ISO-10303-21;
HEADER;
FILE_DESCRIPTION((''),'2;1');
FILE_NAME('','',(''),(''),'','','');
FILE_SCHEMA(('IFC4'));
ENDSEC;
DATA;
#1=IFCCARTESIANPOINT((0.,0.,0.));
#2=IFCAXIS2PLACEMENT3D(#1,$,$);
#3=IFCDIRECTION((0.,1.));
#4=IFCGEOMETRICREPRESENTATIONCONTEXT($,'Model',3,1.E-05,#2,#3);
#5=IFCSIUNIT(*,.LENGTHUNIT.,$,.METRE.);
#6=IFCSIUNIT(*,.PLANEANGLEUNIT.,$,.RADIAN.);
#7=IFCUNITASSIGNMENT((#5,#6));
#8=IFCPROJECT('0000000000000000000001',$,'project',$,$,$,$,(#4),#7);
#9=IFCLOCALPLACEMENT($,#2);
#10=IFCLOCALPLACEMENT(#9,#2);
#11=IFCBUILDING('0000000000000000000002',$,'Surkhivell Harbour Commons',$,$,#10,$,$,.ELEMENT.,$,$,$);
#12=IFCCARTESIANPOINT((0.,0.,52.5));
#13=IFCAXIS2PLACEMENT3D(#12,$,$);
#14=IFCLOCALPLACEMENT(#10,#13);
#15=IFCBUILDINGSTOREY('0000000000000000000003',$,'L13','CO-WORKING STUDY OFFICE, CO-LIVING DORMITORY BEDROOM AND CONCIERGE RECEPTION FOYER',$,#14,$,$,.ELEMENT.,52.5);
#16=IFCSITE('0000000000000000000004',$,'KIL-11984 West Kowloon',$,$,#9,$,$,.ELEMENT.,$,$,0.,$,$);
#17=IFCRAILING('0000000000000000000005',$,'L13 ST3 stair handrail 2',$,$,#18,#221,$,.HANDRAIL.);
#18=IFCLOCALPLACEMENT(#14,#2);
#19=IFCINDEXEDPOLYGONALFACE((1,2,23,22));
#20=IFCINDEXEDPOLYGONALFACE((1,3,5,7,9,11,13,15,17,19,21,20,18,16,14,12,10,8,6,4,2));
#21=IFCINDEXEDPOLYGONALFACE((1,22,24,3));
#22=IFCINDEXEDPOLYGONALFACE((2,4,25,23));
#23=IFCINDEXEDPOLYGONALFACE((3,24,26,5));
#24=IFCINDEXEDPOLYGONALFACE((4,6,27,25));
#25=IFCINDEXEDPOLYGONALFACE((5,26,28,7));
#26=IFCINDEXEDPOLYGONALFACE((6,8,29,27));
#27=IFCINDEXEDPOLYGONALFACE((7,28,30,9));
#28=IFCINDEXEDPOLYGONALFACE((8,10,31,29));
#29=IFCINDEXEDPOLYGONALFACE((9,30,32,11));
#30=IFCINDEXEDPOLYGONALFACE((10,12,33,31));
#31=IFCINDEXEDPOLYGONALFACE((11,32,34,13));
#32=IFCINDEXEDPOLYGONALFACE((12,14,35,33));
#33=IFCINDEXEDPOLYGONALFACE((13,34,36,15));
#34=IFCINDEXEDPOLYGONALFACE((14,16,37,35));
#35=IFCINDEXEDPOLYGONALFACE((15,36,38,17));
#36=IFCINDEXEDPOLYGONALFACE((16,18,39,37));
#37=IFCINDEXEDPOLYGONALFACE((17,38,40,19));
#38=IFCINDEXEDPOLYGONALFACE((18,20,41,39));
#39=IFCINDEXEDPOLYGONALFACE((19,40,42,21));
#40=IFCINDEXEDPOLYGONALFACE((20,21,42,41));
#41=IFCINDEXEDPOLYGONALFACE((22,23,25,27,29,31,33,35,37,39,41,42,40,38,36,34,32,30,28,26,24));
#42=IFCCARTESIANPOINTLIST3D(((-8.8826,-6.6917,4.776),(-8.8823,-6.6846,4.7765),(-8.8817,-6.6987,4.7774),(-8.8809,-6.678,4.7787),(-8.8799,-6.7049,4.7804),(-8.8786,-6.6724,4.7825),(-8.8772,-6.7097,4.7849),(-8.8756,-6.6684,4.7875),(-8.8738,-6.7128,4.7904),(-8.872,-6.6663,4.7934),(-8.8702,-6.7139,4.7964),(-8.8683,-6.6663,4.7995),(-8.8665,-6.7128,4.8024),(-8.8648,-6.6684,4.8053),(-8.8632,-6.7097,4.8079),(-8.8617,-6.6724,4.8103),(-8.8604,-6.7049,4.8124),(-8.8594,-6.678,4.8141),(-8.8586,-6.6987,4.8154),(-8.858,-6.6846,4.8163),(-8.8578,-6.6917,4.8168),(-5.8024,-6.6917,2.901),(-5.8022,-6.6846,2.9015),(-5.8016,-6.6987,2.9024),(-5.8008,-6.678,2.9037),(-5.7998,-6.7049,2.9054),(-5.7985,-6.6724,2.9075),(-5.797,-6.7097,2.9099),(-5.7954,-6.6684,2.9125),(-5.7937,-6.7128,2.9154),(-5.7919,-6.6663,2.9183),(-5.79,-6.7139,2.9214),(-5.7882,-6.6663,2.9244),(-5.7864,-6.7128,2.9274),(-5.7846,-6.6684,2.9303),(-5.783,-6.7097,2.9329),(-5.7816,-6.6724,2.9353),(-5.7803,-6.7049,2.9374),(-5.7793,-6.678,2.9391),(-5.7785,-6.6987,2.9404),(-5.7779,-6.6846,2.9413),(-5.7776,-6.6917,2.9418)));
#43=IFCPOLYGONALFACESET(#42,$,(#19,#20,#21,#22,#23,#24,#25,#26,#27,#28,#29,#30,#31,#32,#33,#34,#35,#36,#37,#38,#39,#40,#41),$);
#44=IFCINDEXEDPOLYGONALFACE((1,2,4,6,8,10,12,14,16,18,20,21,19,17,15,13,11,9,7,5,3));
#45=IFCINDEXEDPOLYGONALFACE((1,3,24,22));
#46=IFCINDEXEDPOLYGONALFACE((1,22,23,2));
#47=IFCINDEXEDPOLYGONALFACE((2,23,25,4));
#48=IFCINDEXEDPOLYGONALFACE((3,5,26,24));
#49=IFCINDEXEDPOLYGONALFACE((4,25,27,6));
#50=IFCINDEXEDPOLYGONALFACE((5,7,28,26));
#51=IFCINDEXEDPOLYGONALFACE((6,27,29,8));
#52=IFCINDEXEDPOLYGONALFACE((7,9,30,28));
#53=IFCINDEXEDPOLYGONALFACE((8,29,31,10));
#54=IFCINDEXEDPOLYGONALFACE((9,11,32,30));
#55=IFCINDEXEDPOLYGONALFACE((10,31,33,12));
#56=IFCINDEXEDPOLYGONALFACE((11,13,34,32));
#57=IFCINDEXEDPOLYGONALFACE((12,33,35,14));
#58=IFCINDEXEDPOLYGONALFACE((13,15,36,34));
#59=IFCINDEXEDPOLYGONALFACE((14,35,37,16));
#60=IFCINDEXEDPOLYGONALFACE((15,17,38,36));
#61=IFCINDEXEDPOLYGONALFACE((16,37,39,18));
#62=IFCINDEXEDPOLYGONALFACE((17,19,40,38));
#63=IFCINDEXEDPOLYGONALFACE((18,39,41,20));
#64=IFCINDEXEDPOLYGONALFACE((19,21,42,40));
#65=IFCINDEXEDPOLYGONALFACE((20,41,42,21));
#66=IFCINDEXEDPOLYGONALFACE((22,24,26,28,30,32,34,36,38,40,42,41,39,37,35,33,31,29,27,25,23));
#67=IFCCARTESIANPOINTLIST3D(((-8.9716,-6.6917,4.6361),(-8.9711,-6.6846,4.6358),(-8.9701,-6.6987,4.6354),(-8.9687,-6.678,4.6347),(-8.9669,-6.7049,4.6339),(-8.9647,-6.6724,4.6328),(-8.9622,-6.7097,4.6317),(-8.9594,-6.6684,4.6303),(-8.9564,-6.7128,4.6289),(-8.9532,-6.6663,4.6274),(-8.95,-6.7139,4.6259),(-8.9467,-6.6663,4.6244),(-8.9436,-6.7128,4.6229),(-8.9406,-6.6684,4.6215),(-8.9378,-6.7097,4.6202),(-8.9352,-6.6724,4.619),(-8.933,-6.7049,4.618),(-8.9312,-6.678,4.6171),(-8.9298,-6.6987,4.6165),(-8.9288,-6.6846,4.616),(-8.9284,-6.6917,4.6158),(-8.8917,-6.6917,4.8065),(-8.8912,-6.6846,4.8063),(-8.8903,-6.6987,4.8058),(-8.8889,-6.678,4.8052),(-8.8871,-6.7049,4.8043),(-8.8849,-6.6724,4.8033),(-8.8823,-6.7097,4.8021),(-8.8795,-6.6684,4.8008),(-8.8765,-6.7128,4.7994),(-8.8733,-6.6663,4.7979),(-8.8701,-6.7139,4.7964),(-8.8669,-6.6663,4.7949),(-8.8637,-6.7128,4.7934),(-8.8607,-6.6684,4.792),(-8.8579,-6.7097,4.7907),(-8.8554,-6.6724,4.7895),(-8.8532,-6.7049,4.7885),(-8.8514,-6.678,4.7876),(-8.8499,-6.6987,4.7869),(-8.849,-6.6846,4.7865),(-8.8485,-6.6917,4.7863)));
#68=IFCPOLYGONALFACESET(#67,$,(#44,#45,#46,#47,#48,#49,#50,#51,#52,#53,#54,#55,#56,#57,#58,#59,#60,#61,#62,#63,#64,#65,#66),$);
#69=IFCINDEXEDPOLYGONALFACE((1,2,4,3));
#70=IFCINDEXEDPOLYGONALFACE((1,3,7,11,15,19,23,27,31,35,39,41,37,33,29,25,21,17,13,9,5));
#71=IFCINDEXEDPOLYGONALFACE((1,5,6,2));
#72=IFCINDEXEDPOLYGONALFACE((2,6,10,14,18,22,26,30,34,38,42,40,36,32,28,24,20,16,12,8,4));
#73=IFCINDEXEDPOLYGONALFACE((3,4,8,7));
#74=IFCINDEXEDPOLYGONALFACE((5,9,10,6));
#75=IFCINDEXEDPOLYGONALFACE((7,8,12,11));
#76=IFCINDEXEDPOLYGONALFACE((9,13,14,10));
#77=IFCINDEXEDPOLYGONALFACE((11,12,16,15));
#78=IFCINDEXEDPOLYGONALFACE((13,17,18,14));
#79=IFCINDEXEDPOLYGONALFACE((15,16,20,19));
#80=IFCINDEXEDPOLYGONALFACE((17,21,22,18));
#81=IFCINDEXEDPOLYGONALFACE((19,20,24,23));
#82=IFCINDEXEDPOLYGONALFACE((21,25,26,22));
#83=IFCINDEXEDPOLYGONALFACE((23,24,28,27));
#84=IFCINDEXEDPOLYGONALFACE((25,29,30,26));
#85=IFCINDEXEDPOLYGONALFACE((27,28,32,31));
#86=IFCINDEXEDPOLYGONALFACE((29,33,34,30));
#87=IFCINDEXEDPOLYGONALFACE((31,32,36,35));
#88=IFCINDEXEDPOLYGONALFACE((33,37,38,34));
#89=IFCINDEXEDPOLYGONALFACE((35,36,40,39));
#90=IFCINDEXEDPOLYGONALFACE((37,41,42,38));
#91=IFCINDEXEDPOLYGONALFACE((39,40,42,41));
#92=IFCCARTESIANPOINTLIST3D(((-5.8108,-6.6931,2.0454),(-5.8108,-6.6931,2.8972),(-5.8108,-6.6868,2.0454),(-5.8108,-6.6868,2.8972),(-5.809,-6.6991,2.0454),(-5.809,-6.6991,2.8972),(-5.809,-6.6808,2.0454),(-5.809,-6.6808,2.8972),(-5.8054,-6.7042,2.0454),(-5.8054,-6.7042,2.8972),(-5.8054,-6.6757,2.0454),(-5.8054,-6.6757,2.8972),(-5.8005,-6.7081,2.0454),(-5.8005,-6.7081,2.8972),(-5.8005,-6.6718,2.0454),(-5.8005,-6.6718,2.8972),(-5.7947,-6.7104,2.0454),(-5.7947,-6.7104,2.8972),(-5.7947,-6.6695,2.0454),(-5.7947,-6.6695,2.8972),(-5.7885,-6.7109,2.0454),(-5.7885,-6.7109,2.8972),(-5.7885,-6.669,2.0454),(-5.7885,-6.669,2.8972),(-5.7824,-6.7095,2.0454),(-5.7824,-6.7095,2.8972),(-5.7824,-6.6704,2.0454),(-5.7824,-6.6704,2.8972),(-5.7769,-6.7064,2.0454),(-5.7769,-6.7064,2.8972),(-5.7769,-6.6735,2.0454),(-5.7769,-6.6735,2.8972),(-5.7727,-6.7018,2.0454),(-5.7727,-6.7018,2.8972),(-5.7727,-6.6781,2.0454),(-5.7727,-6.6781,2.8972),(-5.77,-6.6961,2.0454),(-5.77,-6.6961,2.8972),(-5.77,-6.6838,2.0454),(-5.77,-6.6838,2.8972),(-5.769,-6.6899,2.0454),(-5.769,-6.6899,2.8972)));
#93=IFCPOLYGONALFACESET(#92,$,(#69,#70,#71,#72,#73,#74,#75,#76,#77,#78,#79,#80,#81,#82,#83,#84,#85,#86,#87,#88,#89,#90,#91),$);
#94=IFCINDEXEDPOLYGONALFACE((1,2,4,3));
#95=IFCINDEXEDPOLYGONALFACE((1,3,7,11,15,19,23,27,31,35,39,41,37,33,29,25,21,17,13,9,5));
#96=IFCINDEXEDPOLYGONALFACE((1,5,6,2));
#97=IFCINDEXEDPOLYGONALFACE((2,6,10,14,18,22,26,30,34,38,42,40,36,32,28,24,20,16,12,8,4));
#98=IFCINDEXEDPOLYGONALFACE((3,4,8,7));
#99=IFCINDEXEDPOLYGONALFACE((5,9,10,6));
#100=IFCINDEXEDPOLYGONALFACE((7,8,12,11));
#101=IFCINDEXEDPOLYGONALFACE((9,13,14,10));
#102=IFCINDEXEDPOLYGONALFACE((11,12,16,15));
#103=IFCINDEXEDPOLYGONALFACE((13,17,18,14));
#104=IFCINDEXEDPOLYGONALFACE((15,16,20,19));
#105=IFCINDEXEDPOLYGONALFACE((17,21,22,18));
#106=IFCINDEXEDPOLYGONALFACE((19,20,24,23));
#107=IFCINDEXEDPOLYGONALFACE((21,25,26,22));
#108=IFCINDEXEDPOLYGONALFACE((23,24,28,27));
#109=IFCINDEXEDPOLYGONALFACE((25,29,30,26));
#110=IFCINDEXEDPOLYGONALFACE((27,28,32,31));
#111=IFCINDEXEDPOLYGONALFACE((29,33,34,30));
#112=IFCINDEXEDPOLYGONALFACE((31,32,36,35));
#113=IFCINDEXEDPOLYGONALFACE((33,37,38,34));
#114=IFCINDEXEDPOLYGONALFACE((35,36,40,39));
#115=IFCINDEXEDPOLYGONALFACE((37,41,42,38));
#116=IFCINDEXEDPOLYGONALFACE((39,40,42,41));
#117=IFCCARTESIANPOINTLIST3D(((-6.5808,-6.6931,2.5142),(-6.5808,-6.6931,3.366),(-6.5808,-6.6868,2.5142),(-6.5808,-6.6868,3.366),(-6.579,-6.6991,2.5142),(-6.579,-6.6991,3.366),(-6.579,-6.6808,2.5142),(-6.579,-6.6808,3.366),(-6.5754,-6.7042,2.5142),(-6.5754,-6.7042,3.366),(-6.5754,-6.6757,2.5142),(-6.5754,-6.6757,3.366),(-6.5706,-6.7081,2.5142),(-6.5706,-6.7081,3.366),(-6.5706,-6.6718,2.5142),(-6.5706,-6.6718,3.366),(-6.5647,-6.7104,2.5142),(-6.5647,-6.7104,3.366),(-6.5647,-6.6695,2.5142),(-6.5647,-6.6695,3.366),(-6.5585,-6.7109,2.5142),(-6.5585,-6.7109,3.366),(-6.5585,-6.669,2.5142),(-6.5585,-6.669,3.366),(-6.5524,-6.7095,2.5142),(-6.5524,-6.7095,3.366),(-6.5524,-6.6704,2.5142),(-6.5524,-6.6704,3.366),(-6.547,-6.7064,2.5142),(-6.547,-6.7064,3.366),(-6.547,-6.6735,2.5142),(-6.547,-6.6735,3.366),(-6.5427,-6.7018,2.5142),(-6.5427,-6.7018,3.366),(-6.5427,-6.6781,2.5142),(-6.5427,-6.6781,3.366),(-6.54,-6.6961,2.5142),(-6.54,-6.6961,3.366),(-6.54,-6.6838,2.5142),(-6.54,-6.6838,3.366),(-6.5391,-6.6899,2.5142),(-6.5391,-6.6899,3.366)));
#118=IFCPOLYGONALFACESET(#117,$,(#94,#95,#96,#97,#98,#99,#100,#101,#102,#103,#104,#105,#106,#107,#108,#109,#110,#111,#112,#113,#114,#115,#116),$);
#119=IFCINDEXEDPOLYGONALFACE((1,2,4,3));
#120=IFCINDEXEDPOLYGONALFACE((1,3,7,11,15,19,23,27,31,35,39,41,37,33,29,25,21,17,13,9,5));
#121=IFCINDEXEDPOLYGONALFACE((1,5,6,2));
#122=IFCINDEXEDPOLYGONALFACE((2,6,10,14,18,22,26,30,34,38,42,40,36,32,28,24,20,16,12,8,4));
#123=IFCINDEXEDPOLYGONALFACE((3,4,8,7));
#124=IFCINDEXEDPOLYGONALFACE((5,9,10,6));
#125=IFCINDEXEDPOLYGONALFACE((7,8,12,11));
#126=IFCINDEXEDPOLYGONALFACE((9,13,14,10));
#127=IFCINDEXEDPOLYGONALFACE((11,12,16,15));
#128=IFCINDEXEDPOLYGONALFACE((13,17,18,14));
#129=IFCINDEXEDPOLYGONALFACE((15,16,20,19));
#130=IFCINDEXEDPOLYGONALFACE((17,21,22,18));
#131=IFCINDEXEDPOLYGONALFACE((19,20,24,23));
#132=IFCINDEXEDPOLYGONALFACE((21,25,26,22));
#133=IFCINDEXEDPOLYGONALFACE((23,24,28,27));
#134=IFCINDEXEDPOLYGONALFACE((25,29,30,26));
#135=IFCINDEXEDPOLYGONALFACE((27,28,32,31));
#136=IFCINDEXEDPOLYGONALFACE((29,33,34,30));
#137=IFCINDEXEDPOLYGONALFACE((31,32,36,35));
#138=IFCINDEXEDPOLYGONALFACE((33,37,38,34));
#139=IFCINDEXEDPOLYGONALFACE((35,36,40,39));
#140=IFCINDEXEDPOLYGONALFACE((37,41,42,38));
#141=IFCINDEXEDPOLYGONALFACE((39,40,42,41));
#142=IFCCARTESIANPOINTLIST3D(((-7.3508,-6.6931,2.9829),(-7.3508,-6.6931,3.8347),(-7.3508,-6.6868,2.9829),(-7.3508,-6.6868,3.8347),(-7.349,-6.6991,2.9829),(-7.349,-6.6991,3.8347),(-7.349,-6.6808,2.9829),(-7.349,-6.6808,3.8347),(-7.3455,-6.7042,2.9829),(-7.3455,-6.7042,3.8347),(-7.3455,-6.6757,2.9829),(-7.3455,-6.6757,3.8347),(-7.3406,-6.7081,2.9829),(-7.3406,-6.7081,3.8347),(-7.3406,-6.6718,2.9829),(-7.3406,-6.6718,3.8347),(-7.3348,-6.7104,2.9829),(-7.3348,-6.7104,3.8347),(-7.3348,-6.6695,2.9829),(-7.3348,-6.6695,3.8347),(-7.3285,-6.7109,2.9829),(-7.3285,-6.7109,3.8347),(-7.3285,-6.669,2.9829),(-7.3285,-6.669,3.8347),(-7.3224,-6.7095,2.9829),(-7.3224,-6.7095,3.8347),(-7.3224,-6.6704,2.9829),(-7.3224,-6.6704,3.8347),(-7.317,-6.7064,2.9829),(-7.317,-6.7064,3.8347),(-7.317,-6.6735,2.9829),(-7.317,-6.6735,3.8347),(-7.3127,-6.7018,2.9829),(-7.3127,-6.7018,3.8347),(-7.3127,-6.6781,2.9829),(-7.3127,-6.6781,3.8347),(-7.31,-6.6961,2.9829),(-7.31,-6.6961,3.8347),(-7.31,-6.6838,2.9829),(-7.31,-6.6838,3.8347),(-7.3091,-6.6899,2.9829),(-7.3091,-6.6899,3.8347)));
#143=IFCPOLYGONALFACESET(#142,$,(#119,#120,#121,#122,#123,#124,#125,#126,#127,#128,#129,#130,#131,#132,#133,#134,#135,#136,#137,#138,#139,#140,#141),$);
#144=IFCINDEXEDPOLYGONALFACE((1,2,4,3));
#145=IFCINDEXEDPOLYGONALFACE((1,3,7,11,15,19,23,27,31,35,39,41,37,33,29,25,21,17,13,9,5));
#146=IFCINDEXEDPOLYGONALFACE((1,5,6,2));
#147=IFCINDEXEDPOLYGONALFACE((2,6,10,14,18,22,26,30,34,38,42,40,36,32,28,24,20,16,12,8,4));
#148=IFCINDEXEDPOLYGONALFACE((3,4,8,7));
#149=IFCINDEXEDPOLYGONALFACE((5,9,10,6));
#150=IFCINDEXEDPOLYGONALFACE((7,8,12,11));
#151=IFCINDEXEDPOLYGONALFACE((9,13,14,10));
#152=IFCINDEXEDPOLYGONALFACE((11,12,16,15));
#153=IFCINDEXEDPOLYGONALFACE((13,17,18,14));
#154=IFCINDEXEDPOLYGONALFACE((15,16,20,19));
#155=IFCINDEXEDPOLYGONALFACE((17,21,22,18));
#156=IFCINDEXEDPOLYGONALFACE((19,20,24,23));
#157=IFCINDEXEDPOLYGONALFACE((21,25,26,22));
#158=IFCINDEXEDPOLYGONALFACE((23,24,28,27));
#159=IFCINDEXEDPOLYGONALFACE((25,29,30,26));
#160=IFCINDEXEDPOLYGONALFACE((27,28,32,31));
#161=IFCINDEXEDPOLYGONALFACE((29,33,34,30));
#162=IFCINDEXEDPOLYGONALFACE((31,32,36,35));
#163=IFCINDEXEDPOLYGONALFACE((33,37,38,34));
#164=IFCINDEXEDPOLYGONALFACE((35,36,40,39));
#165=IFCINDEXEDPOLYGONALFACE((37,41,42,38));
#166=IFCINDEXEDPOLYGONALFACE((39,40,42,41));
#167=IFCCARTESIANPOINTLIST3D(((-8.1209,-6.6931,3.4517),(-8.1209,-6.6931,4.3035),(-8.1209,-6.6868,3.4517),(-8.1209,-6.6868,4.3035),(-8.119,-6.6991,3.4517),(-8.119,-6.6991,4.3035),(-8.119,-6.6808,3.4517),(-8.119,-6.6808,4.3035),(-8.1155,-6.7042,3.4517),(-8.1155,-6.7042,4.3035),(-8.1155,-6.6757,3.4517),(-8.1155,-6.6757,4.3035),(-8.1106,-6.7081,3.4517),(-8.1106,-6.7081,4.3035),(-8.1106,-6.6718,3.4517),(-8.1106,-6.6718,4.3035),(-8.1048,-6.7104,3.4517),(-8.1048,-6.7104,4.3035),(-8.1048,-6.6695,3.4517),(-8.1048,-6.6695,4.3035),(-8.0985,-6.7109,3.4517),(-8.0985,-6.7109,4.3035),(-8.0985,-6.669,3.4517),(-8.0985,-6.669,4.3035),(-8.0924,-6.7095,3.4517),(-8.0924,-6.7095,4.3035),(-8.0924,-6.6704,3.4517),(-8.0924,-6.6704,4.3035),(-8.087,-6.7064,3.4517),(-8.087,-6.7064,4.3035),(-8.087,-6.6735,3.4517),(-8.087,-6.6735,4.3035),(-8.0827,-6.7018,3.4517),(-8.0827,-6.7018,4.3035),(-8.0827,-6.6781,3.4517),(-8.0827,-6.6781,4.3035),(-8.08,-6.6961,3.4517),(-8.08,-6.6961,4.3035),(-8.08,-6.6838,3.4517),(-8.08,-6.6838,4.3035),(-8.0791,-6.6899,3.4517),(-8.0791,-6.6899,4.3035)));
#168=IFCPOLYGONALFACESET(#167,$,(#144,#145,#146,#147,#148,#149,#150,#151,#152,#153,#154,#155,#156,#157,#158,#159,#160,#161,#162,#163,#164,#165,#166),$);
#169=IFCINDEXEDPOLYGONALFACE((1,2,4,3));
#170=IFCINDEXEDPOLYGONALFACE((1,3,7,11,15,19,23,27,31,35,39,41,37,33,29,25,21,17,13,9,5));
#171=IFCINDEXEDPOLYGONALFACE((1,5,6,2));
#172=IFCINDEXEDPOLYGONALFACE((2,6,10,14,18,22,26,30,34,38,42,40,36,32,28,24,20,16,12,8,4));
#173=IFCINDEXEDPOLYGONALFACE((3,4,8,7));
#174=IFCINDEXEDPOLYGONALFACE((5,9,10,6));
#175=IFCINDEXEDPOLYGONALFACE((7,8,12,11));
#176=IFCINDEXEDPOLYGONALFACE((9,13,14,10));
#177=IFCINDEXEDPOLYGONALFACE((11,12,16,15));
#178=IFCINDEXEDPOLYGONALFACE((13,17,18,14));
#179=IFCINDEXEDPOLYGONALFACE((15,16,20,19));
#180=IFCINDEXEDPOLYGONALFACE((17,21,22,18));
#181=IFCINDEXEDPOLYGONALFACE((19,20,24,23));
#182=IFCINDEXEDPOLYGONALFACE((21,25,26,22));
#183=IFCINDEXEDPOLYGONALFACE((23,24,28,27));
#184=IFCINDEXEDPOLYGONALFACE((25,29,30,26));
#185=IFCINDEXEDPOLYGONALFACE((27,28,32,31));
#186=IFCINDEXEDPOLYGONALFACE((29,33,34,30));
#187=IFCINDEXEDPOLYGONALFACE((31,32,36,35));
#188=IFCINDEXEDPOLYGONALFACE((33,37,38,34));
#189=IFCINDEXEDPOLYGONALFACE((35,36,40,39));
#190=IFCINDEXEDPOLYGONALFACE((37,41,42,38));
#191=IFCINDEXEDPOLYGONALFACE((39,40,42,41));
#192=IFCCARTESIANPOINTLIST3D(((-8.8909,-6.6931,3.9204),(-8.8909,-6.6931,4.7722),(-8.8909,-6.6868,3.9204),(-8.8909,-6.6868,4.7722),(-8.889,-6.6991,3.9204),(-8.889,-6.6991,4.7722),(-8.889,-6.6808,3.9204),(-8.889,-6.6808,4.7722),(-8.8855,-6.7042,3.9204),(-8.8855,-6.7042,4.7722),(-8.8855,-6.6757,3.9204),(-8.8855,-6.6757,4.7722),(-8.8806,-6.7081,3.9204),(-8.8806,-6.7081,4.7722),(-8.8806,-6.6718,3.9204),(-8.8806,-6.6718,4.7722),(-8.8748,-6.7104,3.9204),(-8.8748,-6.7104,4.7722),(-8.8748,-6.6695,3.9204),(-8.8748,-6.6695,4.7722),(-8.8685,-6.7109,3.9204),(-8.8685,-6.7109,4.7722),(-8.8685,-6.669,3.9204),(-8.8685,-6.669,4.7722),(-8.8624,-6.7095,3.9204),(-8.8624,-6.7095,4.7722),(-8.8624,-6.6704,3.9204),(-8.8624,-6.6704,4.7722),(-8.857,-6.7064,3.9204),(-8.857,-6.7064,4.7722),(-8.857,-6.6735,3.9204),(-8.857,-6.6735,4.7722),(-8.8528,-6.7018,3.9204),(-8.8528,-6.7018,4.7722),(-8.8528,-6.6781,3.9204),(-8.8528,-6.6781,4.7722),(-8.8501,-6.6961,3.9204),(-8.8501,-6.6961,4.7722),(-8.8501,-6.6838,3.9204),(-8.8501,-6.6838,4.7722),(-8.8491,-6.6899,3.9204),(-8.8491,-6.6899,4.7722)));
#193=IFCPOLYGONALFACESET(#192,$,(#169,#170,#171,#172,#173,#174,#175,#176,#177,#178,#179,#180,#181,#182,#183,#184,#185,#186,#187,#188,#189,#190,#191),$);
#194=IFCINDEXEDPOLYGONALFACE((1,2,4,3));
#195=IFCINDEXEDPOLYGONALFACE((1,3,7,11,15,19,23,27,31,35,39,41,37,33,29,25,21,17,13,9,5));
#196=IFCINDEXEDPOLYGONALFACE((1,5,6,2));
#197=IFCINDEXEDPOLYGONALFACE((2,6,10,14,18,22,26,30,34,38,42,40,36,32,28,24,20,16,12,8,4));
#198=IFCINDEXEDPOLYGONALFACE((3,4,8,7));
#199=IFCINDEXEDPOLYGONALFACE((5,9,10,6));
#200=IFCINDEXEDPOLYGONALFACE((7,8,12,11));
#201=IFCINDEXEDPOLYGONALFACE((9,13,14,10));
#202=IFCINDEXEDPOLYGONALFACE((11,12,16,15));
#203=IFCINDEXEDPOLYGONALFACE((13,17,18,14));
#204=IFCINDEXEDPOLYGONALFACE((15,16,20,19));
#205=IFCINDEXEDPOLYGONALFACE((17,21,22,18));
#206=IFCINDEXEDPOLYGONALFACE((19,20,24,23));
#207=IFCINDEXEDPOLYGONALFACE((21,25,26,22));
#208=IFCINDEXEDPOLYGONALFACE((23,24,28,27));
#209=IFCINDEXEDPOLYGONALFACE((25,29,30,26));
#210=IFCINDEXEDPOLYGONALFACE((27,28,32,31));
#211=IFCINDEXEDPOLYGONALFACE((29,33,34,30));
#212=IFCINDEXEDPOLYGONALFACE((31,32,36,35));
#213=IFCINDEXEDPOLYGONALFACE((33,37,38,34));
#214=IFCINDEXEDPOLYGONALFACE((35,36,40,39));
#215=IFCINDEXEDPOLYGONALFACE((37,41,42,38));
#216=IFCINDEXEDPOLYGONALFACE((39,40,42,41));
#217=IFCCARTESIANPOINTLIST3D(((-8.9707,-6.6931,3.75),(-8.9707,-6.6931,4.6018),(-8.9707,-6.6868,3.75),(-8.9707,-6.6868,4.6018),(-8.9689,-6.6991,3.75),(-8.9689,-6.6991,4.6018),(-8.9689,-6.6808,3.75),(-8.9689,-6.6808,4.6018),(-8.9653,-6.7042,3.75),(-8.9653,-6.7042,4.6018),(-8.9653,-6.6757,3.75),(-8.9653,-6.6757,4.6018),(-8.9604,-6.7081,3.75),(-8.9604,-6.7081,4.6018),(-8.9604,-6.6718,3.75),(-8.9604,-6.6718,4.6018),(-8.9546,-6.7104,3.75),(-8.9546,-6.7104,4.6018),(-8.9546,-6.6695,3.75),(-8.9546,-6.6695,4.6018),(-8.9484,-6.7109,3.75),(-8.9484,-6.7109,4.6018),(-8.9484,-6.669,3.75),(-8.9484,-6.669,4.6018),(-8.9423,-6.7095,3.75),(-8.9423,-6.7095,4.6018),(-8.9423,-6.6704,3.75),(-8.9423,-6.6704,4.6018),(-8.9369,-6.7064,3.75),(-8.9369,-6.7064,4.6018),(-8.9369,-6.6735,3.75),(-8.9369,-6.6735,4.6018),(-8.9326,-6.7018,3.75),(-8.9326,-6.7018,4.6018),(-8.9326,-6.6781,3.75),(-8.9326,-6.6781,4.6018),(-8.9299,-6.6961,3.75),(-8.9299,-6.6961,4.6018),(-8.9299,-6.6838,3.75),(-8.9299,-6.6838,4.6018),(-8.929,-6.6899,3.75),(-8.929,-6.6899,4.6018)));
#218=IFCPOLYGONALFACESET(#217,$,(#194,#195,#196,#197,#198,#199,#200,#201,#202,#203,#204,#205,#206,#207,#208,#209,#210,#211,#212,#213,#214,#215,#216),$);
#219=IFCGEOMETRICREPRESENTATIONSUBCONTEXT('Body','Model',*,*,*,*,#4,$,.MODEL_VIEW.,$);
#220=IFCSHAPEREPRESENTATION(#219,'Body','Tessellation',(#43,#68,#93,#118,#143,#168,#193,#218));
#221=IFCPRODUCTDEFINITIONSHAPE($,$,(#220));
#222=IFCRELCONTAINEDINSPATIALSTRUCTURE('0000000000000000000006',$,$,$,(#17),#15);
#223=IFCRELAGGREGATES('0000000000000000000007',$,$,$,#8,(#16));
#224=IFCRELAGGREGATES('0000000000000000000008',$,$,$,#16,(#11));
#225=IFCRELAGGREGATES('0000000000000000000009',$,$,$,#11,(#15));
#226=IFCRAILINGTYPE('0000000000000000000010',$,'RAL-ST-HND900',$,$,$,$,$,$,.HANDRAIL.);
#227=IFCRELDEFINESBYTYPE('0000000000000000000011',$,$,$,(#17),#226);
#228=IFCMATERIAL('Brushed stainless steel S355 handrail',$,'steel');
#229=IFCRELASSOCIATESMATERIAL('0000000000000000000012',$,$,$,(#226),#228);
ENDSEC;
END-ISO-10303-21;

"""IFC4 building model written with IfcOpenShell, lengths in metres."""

from ifc_helpers import new_model, si_unit, direction, frame, origin, origin_2d, place, context, subcontext, project, spatial, circle, extrude, material, type_object, element, save


model = new_model("IFC4")

# Units and contexts
model_context = context("Model", 3, precision=1e-05, world=origin(), true_north=direction((0.0, 1.0)))
body_context = subcontext(model_context, "Body", "Model", "MODEL_VIEW")
ifc_project = project(units=[si_unit("LENGTHUNIT", "METRE"), si_unit("PLANEANGLEUNIT", "RADIAN")], contexts=[model_context])

# Site, building, storey
site_placement = place(None, origin())
site = spatial("IfcSite", under=ifc_project, at=site_placement, Name="KIL-11984 West Kowloon", CompositionType="ELEMENT", RefElevation=0.0)
building_placement = place(site_placement, origin())
building = spatial("IfcBuilding", under=site, at=building_placement, Name="Surkhivell Harbour Commons", CompositionType="ELEMENT")
storey_placement = place(building_placement, frame((0.0, 0.0, 52.5)))
storey = spatial("IfcBuildingStorey", under=building, at=storey_placement, Name="L13", Description="CO-WORKING STUDY OFFICE, CO-LIVING DORMITORY BEDROOM AND CONCIERGE RECEPTION FOYER", CompositionType="ELEMENT", Elevation=52.5)

# Railing
ifc_material_1 = material(Name="Brushed stainless steel S355 handrail", Category="steel")
railing_type_1 = type_object("IfcRailingType", Name="RAL-ST-HND900", PredefinedType="HANDRAIL", material=ifc_material_1)
railing_1_placement = place(storey_placement, frame((-5.79, -6.6899, 2.0454)))
element("IfcRailing", 1, at=railing_1_placement, inside=storey, type_object=railing_type_1, Name="L13 ST3 stair handrail 2", PredefinedType="HANDRAIL", context=body_context, shape_type="SweptSolid", body=[
    extrude(circle(Radius=0.0239, at=origin_2d()), frame((0.0, 0.0, 0.876), z_axis=(-0.854178, 0.0, 0.519981), x_axis=(0.0, -1.0, 0.0)), (0.0, 0.0, 1.0), 3.606),
    extrude(circle(Radius=0.0239, at=origin_2d()), frame((-3.0801, 0.0, 2.751), z_axis=(-0.424234, 0.0, -0.905552), x_axis=(0.0, -1.0, 0.0)), (0.0, 0.0, 1.0), 0.1882),
    extrude(circle(Radius=0.021, at=origin_2d()), origin(), (0.0, 0.0, 1.0), 0.8518),
    extrude(circle(Radius=0.021, at=origin_2d()), frame((-0.77, 0.0, 0.4688)), (0.0, 0.0, 1.0), 0.8518),
    extrude(circle(Radius=0.021, at=origin_2d()), frame((-1.54, 0.0, 0.9375)), (0.0, 0.0, 1.0), 0.8518),
    extrude(circle(Radius=0.021, at=origin_2d()), frame((-2.3101, 0.0, 1.4062)), (0.0, 0.0, 1.0), 0.8518),
    extrude(circle(Radius=0.021, at=origin_2d()), frame((-3.0801, 0.0, 1.875)), (0.0, 0.0, 1.0), 0.8518),
    extrude(circle(Radius=0.021, at=origin_2d()), frame((-3.1599, 0.0, 1.7046)), (0.0, 0.0, 1.0), 0.8518),
])

save(model, "model.ifc")
